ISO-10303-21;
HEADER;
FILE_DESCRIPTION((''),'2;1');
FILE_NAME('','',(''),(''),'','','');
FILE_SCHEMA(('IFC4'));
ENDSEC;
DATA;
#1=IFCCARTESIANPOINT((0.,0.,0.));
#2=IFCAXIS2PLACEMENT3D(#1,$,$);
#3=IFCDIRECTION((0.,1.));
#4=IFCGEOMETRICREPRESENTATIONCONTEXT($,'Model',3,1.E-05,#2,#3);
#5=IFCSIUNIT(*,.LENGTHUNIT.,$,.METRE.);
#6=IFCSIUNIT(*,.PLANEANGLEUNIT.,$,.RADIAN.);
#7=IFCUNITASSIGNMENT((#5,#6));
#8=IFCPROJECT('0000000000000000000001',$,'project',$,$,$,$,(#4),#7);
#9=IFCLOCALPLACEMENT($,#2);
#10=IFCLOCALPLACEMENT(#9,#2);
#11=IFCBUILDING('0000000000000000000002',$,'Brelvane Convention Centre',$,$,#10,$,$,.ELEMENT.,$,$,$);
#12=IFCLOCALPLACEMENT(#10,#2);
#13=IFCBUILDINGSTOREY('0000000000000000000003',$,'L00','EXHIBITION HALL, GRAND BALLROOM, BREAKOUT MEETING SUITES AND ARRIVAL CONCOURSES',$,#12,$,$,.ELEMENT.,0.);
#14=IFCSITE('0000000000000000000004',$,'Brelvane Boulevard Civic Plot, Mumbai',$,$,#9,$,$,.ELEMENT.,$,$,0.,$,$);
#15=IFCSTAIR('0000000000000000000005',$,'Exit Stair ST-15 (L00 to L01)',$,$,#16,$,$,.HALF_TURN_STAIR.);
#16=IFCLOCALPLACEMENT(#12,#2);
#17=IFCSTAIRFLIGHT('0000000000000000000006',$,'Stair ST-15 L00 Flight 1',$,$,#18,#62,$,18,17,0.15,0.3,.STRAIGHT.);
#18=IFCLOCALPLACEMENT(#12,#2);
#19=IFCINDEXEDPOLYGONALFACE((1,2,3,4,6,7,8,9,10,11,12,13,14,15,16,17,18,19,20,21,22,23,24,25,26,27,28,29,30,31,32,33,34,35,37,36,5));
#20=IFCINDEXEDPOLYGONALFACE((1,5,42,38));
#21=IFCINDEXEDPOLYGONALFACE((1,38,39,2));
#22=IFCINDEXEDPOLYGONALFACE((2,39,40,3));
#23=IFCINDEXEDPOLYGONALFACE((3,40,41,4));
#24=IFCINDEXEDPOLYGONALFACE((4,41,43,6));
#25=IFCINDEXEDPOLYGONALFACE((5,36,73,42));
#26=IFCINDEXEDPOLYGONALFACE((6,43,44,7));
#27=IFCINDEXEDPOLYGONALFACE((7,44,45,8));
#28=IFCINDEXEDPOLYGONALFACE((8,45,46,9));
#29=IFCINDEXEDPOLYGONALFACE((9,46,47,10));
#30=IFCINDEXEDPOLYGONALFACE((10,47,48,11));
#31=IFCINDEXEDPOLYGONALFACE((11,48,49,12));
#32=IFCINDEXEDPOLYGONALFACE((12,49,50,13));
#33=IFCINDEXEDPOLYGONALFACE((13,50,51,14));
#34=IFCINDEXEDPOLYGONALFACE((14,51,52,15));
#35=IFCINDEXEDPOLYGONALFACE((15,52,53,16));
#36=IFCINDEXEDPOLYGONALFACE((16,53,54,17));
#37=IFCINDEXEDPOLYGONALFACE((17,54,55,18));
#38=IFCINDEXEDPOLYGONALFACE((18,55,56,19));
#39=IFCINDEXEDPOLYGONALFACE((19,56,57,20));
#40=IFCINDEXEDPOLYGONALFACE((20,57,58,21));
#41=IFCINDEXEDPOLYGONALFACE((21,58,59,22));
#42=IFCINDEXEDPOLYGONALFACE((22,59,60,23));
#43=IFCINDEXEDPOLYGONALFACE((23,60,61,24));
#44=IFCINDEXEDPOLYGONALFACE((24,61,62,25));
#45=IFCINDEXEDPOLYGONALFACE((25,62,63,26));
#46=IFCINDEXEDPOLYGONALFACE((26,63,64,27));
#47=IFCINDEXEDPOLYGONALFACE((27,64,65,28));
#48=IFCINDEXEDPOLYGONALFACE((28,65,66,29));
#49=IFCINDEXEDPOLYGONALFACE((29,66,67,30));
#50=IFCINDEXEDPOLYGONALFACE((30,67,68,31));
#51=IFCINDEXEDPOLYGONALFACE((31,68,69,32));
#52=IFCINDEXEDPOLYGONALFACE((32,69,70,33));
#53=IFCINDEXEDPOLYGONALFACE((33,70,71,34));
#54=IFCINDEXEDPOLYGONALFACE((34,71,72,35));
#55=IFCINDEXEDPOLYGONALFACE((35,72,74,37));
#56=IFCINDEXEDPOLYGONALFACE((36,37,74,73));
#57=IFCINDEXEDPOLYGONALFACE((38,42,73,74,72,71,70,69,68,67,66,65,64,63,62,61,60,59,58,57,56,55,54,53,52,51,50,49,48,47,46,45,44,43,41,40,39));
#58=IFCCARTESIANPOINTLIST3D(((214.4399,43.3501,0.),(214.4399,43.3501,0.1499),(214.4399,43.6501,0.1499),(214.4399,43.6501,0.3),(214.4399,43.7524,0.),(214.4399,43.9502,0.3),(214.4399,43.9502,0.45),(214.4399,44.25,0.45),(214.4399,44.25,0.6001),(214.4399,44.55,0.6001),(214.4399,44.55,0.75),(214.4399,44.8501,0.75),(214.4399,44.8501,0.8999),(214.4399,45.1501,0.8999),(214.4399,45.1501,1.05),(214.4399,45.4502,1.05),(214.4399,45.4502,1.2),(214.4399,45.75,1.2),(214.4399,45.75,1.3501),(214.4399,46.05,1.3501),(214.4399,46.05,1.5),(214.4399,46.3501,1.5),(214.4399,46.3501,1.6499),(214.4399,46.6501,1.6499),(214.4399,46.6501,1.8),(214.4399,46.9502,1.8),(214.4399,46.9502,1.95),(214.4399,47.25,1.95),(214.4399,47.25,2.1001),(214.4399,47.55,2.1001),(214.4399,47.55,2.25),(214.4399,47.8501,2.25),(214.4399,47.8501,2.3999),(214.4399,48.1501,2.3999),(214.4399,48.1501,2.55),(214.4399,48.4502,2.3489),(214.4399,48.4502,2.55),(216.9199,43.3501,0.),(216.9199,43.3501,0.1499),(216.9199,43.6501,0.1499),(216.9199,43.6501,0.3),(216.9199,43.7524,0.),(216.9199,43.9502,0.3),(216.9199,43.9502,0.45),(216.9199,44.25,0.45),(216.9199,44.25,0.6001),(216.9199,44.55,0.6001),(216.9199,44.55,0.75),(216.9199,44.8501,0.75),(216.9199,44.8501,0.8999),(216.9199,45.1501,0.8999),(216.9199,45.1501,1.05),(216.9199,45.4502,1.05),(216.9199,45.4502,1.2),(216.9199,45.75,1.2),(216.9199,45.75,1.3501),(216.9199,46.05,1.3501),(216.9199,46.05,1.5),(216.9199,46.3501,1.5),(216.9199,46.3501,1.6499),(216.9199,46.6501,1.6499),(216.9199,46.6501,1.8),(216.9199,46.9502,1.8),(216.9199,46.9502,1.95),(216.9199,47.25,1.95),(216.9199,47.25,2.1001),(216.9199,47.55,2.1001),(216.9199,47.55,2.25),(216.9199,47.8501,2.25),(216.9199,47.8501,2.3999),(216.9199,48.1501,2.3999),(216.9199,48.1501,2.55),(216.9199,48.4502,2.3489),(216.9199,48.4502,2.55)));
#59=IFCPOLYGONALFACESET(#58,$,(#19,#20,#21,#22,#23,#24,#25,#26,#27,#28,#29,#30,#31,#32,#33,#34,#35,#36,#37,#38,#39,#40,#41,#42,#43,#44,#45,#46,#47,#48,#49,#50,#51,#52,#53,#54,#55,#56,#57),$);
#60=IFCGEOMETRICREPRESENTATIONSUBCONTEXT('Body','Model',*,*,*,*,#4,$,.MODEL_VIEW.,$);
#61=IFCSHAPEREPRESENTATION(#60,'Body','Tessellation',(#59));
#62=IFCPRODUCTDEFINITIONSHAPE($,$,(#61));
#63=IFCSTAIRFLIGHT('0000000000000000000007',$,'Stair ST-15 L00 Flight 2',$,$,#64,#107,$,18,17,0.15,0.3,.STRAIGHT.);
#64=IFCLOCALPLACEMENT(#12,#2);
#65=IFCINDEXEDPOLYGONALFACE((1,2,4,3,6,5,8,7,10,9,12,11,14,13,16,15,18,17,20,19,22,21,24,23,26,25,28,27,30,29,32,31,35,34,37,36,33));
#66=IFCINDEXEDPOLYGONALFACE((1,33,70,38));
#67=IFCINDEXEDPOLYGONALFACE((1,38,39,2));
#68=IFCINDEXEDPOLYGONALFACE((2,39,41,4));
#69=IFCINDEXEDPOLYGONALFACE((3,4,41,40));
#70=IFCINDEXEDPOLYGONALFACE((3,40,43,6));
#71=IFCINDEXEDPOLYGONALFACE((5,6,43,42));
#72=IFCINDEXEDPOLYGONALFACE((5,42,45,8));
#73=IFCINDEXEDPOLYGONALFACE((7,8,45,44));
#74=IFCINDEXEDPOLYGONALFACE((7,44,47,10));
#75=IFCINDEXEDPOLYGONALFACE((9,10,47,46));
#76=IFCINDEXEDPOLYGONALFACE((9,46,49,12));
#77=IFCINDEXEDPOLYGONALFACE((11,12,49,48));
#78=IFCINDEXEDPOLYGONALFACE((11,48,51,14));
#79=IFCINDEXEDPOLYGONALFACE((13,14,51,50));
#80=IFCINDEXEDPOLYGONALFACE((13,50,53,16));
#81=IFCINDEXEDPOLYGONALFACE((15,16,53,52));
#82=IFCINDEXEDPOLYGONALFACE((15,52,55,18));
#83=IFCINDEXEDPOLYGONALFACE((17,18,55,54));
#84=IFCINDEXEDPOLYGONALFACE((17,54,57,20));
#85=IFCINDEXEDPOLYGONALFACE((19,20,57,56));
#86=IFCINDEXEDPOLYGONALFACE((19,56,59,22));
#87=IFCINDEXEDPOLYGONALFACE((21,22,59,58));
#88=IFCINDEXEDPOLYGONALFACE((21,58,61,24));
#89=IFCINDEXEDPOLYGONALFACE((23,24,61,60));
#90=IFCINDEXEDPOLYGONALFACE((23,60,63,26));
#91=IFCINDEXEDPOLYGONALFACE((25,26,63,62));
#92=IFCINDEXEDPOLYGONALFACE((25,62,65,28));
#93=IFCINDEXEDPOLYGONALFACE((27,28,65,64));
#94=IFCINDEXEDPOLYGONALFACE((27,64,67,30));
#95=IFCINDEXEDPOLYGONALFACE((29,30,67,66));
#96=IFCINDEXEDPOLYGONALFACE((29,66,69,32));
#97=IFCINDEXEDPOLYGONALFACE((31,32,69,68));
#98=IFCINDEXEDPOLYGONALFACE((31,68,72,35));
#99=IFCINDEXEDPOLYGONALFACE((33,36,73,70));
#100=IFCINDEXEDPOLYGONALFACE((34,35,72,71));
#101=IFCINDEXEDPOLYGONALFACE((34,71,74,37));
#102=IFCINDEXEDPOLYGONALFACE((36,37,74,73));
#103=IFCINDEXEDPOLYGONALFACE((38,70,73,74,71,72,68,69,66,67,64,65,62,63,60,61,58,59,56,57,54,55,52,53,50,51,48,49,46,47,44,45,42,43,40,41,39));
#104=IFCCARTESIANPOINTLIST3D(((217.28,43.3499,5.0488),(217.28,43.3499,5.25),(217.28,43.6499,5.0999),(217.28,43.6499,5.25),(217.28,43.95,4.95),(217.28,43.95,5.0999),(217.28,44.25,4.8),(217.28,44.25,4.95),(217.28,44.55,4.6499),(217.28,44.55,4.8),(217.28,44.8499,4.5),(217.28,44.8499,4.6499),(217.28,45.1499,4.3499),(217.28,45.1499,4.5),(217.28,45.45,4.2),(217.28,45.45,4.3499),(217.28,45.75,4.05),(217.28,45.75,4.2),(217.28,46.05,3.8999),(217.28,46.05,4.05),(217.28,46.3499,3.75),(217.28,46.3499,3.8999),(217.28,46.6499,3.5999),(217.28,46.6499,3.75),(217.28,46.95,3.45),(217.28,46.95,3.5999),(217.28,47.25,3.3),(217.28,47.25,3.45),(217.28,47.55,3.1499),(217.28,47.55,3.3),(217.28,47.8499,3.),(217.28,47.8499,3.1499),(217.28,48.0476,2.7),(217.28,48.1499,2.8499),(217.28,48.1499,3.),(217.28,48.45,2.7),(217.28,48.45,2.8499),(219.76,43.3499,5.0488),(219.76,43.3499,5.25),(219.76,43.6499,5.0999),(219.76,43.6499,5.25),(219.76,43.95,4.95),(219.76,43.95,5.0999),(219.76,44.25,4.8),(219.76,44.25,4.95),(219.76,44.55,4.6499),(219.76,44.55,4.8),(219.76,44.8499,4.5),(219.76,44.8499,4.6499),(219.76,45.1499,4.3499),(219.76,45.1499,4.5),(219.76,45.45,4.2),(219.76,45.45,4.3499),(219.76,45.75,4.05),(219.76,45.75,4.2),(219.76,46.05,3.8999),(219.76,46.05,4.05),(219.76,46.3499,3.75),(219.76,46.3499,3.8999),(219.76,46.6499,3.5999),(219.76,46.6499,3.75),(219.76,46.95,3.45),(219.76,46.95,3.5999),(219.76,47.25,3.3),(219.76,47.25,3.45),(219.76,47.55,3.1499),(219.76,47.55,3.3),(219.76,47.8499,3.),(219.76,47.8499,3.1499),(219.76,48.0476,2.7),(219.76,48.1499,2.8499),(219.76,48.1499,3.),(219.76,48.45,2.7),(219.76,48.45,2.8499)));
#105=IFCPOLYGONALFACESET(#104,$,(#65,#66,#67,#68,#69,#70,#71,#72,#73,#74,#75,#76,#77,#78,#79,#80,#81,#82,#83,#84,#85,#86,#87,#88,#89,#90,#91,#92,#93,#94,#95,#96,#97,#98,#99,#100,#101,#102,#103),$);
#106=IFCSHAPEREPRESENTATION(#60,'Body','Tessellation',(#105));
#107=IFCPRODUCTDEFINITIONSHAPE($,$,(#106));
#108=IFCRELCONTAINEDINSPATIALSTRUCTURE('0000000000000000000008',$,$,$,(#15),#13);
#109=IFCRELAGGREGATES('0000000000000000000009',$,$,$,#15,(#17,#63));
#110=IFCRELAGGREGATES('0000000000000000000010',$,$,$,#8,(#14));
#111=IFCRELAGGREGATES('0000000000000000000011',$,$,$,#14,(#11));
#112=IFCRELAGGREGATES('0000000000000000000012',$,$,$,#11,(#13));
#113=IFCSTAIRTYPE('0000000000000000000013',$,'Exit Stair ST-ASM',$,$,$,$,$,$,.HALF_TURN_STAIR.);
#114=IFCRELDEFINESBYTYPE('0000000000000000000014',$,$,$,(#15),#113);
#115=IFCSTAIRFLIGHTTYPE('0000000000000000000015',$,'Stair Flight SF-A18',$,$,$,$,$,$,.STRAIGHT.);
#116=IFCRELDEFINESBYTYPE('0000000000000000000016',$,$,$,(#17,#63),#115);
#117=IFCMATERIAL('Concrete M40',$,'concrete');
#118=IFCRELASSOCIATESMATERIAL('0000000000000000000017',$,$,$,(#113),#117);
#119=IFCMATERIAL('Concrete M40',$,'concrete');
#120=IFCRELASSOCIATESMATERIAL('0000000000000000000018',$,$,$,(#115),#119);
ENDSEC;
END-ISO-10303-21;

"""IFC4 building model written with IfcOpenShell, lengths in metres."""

from ifc_helpers import new_model, si_unit, direction, frame, origin, place, context, subcontext, project, spatial, polyline, outline, extrude, material, type_object, element, aggregate, save


model = new_model("IFC4")

# Units and contexts
model_context = context("Model", 3, precision=1e-05, world=origin(), true_north=direction((0.0, 1.0)))
body_context = subcontext(model_context, "Body", "Model", "MODEL_VIEW")
ifc_project = project(units=[si_unit("LENGTHUNIT", "METRE"), si_unit("PLANEANGLEUNIT", "RADIAN")], contexts=[model_context])

# Site, building, storey
site_placement = place(None, origin())
site = spatial("IfcSite", under=ifc_project, at=site_placement, Name="Brelvane Boulevard Civic Plot, Mumbai", CompositionType="ELEMENT", RefElevation=0.0)
building_placement = place(site_placement, origin())
building = spatial("IfcBuilding", under=site, at=building_placement, Name="Brelvane Convention Centre", CompositionType="ELEMENT")
storey_placement = place(building_placement, origin())
storey = spatial("IfcBuildingStorey", under=building, at=storey_placement, Name="L00", Description="EXHIBITION HALL, GRAND BALLROOM, BREAKOUT MEETING SUITES AND ARRIVAL CONCOURSES", CompositionType="ELEMENT", Elevation=0.0)

# Stair, stair flights
ifc_material_1 = material(Name="Concrete M40", Category="concrete")
stair_type = type_object("IfcStairType", Name="Exit Stair ST-ASM", PredefinedType="HALF_TURN_STAIR", material=ifc_material_1)
stair_placement = place(storey_placement, origin())
stair = element("IfcStair", 1, at=stair_placement, inside=storey, type_object=stair_type, Name="Exit Stair ST-15 (L00 to L01)", PredefinedType="HALF_TURN_STAIR")
ifc_material_2 = material(Name="Concrete M40", Category="concrete")
stair_flight_type = type_object("IfcStairFlightType", Name="Stair Flight SF-A18", PredefinedType="STRAIGHT", material=ifc_material_2)
stair_flight_1_placement = place(storey_placement, frame((215.6799, 43.3501, 0.0), z_axis=(0.0, 0.0, 1.0), x_axis=(0.0, 1.0, 0.0)))
stair_flight_1 = element("IfcStairFlight", 2, at=stair_flight_1_placement, type_object=stair_flight_type, Name="Stair ST-15 L00 Flight 1", NumberOfRisers=18, NumberOfTreads=17, PredefinedType="STRAIGHT", RiserHeight=0.15, TreadLength=0.3, context=body_context, shape_type="SweptSolid", body=[
    extrude(outline(polyline([(0.0, 0.0), (0.0, 0.1499), (0.3, 0.1499), (0.3, 0.3), (0.6001, 0.3), (0.6001, 0.45), (0.8999, 0.45), (0.8999, 0.6001), (1.2, 0.6001), (1.2, 0.75), (1.5, 0.75), (1.5, 0.8999), (1.8, 0.8999), (1.8, 1.05), (2.1001, 1.05), (2.1001, 1.2), (2.3999, 1.2), (2.3999, 1.3501), (2.7, 1.3501), (2.7, 1.5), (3.0, 1.5), (3.0, 1.6499), (3.3, 1.6499), (3.3, 1.8), (3.6001, 1.8), (3.6001, 1.95), (3.8999, 1.95), (3.8999, 2.1001), (4.2, 2.1001), (4.2, 2.25), (4.5, 2.25), (4.5, 2.3999), (4.8, 2.3999), (4.8, 2.55), (5.1001, 2.55), (5.1001, 2.7), (5.1001, 2.3489), (0.4023, 0.0), (0.0, 0.0)])), frame((0.0, 1.24, 0.0), z_axis=(0.0, -1.0, 0.0), x_axis=(1.0, 0.0, 0.0)), (0.0, 0.0, 1.0), 2.48),
])
stair_flight_2_placement = place(storey_placement, frame((218.52, 48.45, 2.7), z_axis=(0.0, 0.0, 1.0), x_axis=(0.0, -1.0, 0.0)))
stair_flight_2 = element("IfcStairFlight", 3, at=stair_flight_2_placement, type_object=stair_flight_type, Name="Stair ST-15 L00 Flight 2", NumberOfRisers=18, NumberOfTreads=17, PredefinedType="STRAIGHT", RiserHeight=0.15, TreadLength=0.3, context=body_context, shape_type="SweptSolid", body=[
    extrude(outline(polyline([(0.0, 0.0), (0.0, 0.1499), (0.3, 0.1499), (0.3, 0.3), (0.6001, 0.3), (0.6001, 0.45), (0.8999, 0.45), (0.8999, 0.6001), (1.2, 0.6001), (1.2, 0.75), (1.5, 0.75), (1.5, 0.8999), (1.8, 0.8999), (1.8, 1.05), (2.1001, 1.05), (2.1001, 1.2), (2.3999, 1.2), (2.3999, 1.3501), (2.7, 1.3501), (2.7, 1.5), (3.0, 1.5), (3.0, 1.6499), (3.3, 1.6499), (3.3, 1.8), (3.6001, 1.8), (3.6001, 1.95), (3.8999, 1.95), (3.8999, 2.1001), (4.2, 2.1001), (4.2, 2.25), (4.5, 2.25), (4.5, 2.3999), (4.8, 2.3999), (4.8, 2.55), (5.1001, 2.55), (5.1001, 2.7), (5.1001, 2.3489), (0.4023, 0.0), (0.0, 0.0)])), frame((0.0, 1.24, 0.0), z_axis=(0.0, -1.0, 0.0), x_axis=(1.0, 0.0, 0.0)), (0.0, 0.0, 1.0), 2.48),
])
aggregate(stair, [stair_flight_1, stair_flight_2])

save(model, "model.ifc")
